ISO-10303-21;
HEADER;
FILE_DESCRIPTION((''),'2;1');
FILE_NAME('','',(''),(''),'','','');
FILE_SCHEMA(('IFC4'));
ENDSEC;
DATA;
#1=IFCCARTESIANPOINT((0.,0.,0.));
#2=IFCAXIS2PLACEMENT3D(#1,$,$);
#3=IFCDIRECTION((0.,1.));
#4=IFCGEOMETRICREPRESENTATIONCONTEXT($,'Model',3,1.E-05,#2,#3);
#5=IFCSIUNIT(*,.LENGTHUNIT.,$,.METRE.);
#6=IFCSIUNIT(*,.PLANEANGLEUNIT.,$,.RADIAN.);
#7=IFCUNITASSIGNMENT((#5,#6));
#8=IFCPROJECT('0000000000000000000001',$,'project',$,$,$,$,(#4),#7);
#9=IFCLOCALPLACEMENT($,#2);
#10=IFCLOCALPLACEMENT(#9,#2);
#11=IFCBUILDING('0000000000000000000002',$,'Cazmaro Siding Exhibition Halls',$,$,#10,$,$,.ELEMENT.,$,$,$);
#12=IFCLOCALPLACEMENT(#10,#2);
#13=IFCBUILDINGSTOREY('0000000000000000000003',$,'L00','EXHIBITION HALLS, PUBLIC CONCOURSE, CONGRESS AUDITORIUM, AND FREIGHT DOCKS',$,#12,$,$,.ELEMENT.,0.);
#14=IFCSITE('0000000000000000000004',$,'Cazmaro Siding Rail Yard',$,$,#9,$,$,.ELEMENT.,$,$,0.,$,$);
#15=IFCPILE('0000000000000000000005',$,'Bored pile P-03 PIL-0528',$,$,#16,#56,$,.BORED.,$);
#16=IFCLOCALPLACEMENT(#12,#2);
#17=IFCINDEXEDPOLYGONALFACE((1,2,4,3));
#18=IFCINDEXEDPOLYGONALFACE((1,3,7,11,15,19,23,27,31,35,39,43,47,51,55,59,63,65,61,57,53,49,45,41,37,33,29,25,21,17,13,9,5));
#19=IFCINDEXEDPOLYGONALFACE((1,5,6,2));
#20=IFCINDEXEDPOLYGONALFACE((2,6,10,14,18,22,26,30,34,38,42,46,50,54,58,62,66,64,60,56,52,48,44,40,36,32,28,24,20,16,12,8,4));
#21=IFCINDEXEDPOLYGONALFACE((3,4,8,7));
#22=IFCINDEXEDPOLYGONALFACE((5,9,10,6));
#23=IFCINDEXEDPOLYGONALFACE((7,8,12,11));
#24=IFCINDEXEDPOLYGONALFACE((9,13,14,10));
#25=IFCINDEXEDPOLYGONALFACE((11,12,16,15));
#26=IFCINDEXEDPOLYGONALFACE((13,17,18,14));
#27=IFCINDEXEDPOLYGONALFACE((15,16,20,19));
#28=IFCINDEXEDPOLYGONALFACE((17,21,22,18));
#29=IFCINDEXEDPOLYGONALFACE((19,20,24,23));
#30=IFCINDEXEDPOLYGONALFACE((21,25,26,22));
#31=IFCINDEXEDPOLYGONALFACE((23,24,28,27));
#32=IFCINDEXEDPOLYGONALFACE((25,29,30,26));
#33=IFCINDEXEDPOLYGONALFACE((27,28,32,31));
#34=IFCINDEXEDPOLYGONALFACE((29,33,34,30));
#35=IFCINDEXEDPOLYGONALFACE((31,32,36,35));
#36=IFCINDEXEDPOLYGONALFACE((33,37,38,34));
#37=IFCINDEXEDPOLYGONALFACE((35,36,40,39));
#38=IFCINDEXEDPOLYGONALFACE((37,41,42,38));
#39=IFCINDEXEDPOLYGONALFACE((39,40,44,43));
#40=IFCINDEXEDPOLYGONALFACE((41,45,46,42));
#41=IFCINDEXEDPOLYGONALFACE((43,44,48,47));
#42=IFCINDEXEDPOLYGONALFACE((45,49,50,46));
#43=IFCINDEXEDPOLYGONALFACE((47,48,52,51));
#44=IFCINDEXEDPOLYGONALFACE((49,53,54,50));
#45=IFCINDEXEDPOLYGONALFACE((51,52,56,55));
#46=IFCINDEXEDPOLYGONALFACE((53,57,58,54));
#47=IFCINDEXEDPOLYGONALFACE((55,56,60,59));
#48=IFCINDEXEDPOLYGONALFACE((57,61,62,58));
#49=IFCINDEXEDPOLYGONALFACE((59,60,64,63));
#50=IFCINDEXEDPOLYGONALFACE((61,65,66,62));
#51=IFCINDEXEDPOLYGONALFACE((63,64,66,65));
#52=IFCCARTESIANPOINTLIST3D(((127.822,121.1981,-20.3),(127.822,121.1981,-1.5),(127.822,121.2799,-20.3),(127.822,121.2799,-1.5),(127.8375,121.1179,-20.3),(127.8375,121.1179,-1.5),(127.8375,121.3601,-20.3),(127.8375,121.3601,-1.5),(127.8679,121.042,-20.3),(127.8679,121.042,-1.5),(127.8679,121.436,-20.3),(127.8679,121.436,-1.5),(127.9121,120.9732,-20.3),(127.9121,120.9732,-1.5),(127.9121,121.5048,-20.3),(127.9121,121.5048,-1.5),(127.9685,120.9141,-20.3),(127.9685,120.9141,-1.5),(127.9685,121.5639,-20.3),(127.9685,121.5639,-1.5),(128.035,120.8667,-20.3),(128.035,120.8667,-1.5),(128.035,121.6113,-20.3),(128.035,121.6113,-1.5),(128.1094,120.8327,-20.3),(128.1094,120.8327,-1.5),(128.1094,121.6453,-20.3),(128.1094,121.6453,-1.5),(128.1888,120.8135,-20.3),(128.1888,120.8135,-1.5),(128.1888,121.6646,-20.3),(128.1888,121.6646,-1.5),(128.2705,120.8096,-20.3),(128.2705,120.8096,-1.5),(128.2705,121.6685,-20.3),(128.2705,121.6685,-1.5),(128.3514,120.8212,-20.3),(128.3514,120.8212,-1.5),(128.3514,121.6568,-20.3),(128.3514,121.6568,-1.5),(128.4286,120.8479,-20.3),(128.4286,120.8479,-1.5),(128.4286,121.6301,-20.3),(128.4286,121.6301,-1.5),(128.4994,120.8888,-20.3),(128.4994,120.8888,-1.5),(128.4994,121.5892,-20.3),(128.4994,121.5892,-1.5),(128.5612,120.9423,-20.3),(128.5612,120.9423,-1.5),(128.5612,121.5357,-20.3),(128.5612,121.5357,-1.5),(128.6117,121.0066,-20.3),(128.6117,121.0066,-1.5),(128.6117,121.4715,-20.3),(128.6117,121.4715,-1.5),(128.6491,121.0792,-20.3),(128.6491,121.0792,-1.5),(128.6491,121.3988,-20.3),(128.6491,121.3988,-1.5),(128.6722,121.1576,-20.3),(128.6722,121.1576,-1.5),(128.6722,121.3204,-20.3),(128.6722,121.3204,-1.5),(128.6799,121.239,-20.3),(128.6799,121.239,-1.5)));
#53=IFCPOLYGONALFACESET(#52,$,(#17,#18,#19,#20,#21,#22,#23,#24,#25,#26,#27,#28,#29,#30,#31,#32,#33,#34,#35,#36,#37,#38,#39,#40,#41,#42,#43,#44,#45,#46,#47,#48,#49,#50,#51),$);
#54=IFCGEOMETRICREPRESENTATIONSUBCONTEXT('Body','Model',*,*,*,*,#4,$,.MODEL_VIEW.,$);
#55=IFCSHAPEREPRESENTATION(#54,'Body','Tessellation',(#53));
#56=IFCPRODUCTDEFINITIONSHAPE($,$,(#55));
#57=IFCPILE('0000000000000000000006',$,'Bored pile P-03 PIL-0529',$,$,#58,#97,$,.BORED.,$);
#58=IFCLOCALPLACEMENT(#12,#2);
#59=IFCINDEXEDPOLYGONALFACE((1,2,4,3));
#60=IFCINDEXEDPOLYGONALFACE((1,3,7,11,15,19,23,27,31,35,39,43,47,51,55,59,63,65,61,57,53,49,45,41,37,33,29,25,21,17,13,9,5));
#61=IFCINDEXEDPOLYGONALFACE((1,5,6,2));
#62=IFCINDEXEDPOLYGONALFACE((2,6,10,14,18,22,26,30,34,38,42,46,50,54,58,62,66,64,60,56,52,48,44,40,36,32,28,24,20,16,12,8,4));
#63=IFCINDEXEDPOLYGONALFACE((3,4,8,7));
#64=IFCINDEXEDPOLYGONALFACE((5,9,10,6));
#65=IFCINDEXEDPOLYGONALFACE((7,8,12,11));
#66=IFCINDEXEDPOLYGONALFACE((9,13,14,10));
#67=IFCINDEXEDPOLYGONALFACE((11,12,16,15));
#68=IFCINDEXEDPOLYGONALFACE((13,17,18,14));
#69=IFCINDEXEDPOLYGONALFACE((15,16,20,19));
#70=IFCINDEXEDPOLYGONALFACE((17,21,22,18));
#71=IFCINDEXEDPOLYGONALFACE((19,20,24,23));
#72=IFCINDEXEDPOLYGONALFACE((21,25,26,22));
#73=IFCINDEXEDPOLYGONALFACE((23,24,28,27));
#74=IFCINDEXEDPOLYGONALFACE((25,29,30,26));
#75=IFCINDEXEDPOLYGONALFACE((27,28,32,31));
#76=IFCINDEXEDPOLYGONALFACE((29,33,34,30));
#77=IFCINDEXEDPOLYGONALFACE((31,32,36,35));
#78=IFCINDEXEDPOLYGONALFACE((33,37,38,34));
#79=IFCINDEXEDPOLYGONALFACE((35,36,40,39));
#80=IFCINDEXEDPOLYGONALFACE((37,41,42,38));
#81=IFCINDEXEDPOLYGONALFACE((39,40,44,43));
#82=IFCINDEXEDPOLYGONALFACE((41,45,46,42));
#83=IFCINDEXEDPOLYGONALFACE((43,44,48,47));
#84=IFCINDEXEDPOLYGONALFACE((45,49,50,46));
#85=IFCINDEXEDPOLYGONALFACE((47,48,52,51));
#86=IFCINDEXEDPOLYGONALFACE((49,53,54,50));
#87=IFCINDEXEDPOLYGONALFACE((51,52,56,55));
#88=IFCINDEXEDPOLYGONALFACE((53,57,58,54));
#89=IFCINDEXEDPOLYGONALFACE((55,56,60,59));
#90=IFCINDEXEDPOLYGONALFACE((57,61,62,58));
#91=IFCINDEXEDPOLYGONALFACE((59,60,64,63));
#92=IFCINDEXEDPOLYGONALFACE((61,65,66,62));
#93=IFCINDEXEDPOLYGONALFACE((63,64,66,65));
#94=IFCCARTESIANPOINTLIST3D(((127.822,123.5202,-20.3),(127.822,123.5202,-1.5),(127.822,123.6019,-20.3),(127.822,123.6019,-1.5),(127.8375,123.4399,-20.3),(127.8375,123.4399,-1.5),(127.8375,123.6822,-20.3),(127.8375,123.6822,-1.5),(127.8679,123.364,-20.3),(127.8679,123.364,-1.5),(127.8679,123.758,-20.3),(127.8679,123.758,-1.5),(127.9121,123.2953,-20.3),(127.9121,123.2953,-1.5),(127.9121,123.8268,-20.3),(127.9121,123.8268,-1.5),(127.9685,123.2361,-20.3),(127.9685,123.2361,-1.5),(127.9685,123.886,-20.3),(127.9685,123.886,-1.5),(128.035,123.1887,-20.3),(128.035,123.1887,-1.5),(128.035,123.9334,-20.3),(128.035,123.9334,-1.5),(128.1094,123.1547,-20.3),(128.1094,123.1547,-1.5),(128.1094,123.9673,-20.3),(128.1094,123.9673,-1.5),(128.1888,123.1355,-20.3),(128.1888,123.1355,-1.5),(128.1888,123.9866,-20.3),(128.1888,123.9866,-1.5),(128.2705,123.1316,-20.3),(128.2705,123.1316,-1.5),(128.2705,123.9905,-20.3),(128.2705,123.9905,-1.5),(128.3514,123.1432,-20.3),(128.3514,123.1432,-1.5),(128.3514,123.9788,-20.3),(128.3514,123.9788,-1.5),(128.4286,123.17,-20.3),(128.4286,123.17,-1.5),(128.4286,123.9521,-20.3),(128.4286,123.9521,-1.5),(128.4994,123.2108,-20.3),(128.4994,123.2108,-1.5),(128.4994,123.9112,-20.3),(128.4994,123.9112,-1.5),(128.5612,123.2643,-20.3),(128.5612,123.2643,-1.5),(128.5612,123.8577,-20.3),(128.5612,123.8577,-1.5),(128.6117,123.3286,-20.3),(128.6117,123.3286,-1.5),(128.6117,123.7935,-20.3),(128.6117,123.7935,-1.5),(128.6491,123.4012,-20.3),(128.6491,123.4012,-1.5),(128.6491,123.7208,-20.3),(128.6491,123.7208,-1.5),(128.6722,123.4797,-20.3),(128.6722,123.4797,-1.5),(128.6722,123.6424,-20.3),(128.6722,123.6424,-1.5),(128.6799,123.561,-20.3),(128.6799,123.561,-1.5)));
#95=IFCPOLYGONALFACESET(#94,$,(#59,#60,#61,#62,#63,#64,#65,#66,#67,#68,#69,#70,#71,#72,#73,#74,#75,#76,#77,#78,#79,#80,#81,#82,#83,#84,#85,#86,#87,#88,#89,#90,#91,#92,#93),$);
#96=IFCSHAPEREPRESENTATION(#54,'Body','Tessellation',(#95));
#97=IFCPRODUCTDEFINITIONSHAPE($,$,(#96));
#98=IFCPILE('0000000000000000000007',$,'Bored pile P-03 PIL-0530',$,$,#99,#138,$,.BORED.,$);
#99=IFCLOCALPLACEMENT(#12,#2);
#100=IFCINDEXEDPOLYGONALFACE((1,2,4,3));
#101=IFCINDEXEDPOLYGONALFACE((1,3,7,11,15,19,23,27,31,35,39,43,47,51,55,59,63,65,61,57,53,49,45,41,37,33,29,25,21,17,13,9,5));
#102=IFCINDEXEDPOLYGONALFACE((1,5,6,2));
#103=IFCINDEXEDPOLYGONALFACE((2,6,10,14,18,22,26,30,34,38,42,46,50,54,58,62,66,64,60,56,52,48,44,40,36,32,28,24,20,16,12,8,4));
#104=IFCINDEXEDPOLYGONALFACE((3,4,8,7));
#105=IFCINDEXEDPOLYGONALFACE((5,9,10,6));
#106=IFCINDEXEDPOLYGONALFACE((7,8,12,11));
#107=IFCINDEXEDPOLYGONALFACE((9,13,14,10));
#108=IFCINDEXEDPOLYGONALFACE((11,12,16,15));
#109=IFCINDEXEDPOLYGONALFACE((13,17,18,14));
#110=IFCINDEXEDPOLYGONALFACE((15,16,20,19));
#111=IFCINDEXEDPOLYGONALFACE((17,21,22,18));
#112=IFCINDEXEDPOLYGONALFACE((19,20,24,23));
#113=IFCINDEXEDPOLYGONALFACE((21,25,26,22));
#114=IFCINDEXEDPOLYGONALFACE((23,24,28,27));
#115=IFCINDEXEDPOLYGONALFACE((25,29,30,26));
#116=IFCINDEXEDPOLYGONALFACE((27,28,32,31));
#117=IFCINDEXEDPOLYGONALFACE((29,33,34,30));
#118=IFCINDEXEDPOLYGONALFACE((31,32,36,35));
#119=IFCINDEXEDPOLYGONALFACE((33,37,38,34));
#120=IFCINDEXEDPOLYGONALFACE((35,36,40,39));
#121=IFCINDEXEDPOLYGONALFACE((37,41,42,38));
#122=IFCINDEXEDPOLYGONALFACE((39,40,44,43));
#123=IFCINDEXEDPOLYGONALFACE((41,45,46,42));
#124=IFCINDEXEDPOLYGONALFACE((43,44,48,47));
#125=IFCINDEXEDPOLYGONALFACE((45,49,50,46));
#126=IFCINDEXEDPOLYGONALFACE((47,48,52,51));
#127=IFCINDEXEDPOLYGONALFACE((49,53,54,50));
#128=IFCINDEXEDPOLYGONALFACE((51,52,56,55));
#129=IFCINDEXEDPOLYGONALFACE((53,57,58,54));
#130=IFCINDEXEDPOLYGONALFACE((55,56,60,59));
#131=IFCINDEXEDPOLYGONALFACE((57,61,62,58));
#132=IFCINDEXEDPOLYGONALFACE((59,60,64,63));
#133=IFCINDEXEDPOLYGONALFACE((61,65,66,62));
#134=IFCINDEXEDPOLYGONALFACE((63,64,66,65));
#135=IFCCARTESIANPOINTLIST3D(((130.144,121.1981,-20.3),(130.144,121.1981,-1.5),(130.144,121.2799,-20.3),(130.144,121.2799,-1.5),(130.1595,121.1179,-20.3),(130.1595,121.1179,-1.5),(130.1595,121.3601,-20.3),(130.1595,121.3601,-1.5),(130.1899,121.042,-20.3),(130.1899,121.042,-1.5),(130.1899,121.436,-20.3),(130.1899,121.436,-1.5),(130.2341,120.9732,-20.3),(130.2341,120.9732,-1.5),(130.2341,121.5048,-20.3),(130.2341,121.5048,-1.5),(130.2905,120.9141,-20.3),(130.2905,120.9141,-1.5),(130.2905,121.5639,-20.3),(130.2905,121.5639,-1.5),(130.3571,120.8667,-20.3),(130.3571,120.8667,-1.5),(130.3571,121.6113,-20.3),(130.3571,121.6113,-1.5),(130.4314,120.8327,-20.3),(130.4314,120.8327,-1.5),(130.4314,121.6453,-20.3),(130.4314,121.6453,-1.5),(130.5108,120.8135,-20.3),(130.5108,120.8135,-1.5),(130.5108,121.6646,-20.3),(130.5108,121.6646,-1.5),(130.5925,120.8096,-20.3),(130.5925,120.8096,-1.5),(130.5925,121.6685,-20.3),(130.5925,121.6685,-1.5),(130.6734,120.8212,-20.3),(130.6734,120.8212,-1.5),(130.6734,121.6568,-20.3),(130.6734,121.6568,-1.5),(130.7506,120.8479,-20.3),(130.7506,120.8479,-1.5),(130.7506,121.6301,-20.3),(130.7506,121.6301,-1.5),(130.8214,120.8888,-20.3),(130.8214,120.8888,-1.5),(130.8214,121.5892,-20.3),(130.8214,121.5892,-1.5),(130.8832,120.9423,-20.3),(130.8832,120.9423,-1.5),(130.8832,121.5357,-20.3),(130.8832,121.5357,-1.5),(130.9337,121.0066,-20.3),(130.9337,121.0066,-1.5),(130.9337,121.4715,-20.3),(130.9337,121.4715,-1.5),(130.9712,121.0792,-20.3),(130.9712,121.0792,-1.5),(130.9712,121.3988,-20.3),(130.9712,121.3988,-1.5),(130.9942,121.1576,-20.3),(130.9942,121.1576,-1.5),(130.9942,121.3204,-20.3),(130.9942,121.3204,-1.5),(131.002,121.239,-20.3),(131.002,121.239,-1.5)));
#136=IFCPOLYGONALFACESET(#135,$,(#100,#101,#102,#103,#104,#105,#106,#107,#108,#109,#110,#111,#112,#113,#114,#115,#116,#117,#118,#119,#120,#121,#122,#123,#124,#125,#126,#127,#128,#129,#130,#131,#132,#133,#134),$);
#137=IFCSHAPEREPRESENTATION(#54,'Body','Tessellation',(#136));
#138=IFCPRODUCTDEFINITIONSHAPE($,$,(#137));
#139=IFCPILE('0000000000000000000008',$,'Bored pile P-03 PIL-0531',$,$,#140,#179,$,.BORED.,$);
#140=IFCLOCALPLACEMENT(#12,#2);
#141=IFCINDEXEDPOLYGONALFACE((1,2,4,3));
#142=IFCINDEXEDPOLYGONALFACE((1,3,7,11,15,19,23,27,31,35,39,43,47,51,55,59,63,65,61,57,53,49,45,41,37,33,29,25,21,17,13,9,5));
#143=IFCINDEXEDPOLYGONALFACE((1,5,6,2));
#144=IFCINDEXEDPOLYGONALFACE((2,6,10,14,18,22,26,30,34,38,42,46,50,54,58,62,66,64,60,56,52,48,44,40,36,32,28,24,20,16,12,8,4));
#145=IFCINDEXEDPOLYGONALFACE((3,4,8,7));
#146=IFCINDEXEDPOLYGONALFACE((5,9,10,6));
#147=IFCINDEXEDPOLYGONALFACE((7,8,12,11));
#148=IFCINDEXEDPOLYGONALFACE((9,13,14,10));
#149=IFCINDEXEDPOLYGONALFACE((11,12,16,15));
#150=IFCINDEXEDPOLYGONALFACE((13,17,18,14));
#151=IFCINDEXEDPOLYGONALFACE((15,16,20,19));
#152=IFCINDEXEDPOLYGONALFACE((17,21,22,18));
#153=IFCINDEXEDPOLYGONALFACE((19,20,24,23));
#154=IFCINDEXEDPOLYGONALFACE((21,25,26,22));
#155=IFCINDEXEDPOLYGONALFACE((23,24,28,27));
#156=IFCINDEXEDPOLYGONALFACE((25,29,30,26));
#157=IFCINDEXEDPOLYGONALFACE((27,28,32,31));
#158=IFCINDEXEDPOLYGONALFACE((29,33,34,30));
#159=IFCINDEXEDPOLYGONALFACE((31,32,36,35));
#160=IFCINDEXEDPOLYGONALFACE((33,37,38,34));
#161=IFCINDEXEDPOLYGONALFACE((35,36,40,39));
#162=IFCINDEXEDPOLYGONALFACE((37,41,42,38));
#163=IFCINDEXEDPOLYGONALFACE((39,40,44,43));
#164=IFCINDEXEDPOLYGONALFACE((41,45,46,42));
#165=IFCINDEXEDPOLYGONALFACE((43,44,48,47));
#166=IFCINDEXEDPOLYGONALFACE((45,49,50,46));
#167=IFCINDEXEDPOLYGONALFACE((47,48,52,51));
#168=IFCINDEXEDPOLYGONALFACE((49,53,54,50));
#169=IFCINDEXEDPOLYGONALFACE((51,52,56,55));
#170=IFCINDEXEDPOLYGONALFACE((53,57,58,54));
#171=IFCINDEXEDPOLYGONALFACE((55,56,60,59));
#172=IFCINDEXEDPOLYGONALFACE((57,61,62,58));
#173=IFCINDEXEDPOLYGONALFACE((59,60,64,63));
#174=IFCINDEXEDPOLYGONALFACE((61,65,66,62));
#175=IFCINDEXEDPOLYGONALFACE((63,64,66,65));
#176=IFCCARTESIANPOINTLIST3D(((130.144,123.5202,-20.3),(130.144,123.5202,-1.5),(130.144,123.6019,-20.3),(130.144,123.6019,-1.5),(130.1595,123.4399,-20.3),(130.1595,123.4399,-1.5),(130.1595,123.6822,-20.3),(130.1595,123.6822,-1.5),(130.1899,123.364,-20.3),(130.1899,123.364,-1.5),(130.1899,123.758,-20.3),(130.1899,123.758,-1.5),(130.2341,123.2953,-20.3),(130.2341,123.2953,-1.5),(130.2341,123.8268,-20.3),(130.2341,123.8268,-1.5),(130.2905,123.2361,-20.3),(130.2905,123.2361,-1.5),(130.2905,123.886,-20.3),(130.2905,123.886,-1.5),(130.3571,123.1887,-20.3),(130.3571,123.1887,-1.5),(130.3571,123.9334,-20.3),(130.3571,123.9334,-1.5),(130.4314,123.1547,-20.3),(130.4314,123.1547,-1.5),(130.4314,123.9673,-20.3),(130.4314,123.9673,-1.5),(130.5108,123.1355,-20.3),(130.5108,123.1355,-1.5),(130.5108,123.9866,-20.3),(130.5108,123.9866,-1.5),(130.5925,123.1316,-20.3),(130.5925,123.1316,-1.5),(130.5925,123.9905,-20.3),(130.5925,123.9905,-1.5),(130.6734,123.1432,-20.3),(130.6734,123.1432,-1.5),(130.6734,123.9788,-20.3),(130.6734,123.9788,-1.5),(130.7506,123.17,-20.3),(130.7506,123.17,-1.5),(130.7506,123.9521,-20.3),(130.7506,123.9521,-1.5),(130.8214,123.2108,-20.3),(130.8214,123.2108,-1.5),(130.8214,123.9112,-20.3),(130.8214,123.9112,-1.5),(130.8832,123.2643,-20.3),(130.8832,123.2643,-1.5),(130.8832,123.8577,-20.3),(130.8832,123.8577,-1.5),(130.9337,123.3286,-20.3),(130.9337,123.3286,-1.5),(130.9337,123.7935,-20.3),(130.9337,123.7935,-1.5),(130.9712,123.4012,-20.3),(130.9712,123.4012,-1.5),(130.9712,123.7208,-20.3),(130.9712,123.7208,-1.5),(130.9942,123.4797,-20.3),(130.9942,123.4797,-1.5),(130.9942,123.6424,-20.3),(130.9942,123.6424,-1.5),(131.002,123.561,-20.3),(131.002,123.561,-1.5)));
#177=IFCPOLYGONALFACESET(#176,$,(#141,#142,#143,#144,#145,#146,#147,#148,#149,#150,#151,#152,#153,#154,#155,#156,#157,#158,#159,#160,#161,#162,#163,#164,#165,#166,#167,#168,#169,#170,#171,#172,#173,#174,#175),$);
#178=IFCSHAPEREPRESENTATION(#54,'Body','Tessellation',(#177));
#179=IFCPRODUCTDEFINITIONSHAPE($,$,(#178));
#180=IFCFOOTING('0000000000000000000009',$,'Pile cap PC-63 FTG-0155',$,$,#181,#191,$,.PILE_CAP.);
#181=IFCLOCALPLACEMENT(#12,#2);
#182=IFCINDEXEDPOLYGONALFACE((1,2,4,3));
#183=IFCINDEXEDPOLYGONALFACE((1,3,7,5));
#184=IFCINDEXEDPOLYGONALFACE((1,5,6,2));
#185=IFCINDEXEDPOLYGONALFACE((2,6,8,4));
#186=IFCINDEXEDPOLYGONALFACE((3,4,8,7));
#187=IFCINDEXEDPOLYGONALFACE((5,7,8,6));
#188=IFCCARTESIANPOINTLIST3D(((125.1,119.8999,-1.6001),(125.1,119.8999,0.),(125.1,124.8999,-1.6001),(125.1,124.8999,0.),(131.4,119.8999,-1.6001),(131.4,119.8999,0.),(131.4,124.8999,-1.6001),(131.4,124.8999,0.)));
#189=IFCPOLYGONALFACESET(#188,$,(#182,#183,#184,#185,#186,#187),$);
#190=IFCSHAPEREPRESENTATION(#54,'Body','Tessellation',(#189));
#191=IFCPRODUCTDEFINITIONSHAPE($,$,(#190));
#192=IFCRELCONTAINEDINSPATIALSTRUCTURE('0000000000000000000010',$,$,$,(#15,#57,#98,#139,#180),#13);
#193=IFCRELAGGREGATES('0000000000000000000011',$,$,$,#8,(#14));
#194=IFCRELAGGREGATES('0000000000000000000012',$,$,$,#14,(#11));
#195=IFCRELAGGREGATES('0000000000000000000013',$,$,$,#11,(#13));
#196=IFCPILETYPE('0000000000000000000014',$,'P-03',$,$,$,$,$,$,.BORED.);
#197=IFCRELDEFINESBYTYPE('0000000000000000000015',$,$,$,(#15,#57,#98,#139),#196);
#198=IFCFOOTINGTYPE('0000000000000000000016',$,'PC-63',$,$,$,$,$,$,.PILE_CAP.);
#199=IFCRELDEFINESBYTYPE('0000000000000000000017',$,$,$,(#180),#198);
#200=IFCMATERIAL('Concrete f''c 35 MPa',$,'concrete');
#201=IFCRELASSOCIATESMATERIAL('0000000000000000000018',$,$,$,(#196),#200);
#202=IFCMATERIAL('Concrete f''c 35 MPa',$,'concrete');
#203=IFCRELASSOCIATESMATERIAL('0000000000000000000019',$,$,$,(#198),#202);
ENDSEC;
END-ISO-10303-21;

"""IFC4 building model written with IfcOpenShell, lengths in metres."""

from ifc_helpers import new_model, si_unit, direction, frame, origin, origin_2d, place, context, subcontext, project, spatial, rectangle, circle, extrude, material, material_profile, profile_set, type_object, element, save


model = new_model("IFC4")

# Units and contexts
model_context = context("Model", 3, precision=1e-05, world=origin(), true_north=direction((0.0, 1.0)))
body_context = subcontext(model_context, "Body", "Model", "MODEL_VIEW")
ifc_project = project(units=[si_unit("LENGTHUNIT", "METRE"), si_unit("PLANEANGLEUNIT", "RADIAN")], contexts=[model_context])

# Site, building, storey
site_placement = place(None, origin())
site = spatial("IfcSite", under=ifc_project, at=site_placement, Name="Cazmaro Siding Rail Yard", CompositionType="ELEMENT", RefElevation=0.0)
building_placement = place(site_placement, origin())
building = spatial("IfcBuilding", under=site, at=building_placement, Name="Cazmaro Siding Exhibition Halls", CompositionType="ELEMENT")
storey_placement = place(building_placement, origin())
storey = spatial("IfcBuildingStorey", under=building, at=storey_placement, Name="L00", Description="EXHIBITION HALLS, PUBLIC CONCOURSE, CONGRESS AUDITORIUM, AND FREIGHT DOCKS", CompositionType="ELEMENT", Elevation=0.0)

# Piles
ifc_material_1 = material(Name="Concrete f'c 35 MPa", Category="concrete")
ifc_material_profile_1 = material_profile(ifc_material_1, circle(Radius=0.4299, at=origin_2d()), Name="CIDH-860")
ifc_profile_set_1 = profile_set([ifc_material_profile_1], Name="Concrete f'c 35 MPa")
pile_type = type_object("IfcPileType", Name="P-03", PredefinedType="BORED", material=ifc_profile_set_1)
for number, where, z_axis, x_axis, name in (
    (1, (128.25, 121.239, -1.5), (0.0, 0.0, -1.0), (1.0, 0.0, 0.0), "Bored pile P-03 PIL-0528"),
    (2, (128.25, 123.561, -1.5), (0.0, 0.0, -1.0), (1.0, 0.0, 0.0), "Bored pile P-03 PIL-0529"),
    (3, (130.572, 121.239, -1.5), (0.0, 0.0, -1.0), (1.0, 0.0, 0.0), "Bored pile P-03 PIL-0530"),
    (4, (130.572, 123.561, -1.5), (0.0, 0.0, -1.0), (1.0, 0.0, 0.0), "Bored pile P-03 PIL-0531"),
):
    element("IfcPile", number, at=place(storey_placement, frame(where, z_axis=z_axis, x_axis=x_axis)), inside=storey, type_object=pile_type, Name=name, PredefinedType="BORED", context=body_context, shape_type="SweptSolid", body=[
        extrude(circle(Radius=0.4299, at=origin_2d()), origin(), (0.0, 0.0, 1.0), 18.8),
    ])

# Footing
ifc_material_2 = material(Name="Concrete f'c 35 MPa", Category="concrete")
footing_type = type_object("IfcFootingType", Name="PC-63", PredefinedType="PILE_CAP", material=ifc_material_2)
footing_placement = place(storey_placement, frame((128.25, 122.3999, -1.6001), z_axis=(0.0, 0.0, 1.0), x_axis=(1.0, 0.0, 0.0)))
element("IfcFooting", 5, at=footing_placement, inside=storey, type_object=footing_type, Name="Pile cap PC-63 FTG-0155", PredefinedType="PILE_CAP", context=body_context, shape_type="SweptSolid", body=[
    extrude(rectangle(XDim=6.3, YDim=5.0, at=origin_2d()), origin(), (0.0, 0.0, 1.0), 1.6001),
])

save(model, "model.ifc")
